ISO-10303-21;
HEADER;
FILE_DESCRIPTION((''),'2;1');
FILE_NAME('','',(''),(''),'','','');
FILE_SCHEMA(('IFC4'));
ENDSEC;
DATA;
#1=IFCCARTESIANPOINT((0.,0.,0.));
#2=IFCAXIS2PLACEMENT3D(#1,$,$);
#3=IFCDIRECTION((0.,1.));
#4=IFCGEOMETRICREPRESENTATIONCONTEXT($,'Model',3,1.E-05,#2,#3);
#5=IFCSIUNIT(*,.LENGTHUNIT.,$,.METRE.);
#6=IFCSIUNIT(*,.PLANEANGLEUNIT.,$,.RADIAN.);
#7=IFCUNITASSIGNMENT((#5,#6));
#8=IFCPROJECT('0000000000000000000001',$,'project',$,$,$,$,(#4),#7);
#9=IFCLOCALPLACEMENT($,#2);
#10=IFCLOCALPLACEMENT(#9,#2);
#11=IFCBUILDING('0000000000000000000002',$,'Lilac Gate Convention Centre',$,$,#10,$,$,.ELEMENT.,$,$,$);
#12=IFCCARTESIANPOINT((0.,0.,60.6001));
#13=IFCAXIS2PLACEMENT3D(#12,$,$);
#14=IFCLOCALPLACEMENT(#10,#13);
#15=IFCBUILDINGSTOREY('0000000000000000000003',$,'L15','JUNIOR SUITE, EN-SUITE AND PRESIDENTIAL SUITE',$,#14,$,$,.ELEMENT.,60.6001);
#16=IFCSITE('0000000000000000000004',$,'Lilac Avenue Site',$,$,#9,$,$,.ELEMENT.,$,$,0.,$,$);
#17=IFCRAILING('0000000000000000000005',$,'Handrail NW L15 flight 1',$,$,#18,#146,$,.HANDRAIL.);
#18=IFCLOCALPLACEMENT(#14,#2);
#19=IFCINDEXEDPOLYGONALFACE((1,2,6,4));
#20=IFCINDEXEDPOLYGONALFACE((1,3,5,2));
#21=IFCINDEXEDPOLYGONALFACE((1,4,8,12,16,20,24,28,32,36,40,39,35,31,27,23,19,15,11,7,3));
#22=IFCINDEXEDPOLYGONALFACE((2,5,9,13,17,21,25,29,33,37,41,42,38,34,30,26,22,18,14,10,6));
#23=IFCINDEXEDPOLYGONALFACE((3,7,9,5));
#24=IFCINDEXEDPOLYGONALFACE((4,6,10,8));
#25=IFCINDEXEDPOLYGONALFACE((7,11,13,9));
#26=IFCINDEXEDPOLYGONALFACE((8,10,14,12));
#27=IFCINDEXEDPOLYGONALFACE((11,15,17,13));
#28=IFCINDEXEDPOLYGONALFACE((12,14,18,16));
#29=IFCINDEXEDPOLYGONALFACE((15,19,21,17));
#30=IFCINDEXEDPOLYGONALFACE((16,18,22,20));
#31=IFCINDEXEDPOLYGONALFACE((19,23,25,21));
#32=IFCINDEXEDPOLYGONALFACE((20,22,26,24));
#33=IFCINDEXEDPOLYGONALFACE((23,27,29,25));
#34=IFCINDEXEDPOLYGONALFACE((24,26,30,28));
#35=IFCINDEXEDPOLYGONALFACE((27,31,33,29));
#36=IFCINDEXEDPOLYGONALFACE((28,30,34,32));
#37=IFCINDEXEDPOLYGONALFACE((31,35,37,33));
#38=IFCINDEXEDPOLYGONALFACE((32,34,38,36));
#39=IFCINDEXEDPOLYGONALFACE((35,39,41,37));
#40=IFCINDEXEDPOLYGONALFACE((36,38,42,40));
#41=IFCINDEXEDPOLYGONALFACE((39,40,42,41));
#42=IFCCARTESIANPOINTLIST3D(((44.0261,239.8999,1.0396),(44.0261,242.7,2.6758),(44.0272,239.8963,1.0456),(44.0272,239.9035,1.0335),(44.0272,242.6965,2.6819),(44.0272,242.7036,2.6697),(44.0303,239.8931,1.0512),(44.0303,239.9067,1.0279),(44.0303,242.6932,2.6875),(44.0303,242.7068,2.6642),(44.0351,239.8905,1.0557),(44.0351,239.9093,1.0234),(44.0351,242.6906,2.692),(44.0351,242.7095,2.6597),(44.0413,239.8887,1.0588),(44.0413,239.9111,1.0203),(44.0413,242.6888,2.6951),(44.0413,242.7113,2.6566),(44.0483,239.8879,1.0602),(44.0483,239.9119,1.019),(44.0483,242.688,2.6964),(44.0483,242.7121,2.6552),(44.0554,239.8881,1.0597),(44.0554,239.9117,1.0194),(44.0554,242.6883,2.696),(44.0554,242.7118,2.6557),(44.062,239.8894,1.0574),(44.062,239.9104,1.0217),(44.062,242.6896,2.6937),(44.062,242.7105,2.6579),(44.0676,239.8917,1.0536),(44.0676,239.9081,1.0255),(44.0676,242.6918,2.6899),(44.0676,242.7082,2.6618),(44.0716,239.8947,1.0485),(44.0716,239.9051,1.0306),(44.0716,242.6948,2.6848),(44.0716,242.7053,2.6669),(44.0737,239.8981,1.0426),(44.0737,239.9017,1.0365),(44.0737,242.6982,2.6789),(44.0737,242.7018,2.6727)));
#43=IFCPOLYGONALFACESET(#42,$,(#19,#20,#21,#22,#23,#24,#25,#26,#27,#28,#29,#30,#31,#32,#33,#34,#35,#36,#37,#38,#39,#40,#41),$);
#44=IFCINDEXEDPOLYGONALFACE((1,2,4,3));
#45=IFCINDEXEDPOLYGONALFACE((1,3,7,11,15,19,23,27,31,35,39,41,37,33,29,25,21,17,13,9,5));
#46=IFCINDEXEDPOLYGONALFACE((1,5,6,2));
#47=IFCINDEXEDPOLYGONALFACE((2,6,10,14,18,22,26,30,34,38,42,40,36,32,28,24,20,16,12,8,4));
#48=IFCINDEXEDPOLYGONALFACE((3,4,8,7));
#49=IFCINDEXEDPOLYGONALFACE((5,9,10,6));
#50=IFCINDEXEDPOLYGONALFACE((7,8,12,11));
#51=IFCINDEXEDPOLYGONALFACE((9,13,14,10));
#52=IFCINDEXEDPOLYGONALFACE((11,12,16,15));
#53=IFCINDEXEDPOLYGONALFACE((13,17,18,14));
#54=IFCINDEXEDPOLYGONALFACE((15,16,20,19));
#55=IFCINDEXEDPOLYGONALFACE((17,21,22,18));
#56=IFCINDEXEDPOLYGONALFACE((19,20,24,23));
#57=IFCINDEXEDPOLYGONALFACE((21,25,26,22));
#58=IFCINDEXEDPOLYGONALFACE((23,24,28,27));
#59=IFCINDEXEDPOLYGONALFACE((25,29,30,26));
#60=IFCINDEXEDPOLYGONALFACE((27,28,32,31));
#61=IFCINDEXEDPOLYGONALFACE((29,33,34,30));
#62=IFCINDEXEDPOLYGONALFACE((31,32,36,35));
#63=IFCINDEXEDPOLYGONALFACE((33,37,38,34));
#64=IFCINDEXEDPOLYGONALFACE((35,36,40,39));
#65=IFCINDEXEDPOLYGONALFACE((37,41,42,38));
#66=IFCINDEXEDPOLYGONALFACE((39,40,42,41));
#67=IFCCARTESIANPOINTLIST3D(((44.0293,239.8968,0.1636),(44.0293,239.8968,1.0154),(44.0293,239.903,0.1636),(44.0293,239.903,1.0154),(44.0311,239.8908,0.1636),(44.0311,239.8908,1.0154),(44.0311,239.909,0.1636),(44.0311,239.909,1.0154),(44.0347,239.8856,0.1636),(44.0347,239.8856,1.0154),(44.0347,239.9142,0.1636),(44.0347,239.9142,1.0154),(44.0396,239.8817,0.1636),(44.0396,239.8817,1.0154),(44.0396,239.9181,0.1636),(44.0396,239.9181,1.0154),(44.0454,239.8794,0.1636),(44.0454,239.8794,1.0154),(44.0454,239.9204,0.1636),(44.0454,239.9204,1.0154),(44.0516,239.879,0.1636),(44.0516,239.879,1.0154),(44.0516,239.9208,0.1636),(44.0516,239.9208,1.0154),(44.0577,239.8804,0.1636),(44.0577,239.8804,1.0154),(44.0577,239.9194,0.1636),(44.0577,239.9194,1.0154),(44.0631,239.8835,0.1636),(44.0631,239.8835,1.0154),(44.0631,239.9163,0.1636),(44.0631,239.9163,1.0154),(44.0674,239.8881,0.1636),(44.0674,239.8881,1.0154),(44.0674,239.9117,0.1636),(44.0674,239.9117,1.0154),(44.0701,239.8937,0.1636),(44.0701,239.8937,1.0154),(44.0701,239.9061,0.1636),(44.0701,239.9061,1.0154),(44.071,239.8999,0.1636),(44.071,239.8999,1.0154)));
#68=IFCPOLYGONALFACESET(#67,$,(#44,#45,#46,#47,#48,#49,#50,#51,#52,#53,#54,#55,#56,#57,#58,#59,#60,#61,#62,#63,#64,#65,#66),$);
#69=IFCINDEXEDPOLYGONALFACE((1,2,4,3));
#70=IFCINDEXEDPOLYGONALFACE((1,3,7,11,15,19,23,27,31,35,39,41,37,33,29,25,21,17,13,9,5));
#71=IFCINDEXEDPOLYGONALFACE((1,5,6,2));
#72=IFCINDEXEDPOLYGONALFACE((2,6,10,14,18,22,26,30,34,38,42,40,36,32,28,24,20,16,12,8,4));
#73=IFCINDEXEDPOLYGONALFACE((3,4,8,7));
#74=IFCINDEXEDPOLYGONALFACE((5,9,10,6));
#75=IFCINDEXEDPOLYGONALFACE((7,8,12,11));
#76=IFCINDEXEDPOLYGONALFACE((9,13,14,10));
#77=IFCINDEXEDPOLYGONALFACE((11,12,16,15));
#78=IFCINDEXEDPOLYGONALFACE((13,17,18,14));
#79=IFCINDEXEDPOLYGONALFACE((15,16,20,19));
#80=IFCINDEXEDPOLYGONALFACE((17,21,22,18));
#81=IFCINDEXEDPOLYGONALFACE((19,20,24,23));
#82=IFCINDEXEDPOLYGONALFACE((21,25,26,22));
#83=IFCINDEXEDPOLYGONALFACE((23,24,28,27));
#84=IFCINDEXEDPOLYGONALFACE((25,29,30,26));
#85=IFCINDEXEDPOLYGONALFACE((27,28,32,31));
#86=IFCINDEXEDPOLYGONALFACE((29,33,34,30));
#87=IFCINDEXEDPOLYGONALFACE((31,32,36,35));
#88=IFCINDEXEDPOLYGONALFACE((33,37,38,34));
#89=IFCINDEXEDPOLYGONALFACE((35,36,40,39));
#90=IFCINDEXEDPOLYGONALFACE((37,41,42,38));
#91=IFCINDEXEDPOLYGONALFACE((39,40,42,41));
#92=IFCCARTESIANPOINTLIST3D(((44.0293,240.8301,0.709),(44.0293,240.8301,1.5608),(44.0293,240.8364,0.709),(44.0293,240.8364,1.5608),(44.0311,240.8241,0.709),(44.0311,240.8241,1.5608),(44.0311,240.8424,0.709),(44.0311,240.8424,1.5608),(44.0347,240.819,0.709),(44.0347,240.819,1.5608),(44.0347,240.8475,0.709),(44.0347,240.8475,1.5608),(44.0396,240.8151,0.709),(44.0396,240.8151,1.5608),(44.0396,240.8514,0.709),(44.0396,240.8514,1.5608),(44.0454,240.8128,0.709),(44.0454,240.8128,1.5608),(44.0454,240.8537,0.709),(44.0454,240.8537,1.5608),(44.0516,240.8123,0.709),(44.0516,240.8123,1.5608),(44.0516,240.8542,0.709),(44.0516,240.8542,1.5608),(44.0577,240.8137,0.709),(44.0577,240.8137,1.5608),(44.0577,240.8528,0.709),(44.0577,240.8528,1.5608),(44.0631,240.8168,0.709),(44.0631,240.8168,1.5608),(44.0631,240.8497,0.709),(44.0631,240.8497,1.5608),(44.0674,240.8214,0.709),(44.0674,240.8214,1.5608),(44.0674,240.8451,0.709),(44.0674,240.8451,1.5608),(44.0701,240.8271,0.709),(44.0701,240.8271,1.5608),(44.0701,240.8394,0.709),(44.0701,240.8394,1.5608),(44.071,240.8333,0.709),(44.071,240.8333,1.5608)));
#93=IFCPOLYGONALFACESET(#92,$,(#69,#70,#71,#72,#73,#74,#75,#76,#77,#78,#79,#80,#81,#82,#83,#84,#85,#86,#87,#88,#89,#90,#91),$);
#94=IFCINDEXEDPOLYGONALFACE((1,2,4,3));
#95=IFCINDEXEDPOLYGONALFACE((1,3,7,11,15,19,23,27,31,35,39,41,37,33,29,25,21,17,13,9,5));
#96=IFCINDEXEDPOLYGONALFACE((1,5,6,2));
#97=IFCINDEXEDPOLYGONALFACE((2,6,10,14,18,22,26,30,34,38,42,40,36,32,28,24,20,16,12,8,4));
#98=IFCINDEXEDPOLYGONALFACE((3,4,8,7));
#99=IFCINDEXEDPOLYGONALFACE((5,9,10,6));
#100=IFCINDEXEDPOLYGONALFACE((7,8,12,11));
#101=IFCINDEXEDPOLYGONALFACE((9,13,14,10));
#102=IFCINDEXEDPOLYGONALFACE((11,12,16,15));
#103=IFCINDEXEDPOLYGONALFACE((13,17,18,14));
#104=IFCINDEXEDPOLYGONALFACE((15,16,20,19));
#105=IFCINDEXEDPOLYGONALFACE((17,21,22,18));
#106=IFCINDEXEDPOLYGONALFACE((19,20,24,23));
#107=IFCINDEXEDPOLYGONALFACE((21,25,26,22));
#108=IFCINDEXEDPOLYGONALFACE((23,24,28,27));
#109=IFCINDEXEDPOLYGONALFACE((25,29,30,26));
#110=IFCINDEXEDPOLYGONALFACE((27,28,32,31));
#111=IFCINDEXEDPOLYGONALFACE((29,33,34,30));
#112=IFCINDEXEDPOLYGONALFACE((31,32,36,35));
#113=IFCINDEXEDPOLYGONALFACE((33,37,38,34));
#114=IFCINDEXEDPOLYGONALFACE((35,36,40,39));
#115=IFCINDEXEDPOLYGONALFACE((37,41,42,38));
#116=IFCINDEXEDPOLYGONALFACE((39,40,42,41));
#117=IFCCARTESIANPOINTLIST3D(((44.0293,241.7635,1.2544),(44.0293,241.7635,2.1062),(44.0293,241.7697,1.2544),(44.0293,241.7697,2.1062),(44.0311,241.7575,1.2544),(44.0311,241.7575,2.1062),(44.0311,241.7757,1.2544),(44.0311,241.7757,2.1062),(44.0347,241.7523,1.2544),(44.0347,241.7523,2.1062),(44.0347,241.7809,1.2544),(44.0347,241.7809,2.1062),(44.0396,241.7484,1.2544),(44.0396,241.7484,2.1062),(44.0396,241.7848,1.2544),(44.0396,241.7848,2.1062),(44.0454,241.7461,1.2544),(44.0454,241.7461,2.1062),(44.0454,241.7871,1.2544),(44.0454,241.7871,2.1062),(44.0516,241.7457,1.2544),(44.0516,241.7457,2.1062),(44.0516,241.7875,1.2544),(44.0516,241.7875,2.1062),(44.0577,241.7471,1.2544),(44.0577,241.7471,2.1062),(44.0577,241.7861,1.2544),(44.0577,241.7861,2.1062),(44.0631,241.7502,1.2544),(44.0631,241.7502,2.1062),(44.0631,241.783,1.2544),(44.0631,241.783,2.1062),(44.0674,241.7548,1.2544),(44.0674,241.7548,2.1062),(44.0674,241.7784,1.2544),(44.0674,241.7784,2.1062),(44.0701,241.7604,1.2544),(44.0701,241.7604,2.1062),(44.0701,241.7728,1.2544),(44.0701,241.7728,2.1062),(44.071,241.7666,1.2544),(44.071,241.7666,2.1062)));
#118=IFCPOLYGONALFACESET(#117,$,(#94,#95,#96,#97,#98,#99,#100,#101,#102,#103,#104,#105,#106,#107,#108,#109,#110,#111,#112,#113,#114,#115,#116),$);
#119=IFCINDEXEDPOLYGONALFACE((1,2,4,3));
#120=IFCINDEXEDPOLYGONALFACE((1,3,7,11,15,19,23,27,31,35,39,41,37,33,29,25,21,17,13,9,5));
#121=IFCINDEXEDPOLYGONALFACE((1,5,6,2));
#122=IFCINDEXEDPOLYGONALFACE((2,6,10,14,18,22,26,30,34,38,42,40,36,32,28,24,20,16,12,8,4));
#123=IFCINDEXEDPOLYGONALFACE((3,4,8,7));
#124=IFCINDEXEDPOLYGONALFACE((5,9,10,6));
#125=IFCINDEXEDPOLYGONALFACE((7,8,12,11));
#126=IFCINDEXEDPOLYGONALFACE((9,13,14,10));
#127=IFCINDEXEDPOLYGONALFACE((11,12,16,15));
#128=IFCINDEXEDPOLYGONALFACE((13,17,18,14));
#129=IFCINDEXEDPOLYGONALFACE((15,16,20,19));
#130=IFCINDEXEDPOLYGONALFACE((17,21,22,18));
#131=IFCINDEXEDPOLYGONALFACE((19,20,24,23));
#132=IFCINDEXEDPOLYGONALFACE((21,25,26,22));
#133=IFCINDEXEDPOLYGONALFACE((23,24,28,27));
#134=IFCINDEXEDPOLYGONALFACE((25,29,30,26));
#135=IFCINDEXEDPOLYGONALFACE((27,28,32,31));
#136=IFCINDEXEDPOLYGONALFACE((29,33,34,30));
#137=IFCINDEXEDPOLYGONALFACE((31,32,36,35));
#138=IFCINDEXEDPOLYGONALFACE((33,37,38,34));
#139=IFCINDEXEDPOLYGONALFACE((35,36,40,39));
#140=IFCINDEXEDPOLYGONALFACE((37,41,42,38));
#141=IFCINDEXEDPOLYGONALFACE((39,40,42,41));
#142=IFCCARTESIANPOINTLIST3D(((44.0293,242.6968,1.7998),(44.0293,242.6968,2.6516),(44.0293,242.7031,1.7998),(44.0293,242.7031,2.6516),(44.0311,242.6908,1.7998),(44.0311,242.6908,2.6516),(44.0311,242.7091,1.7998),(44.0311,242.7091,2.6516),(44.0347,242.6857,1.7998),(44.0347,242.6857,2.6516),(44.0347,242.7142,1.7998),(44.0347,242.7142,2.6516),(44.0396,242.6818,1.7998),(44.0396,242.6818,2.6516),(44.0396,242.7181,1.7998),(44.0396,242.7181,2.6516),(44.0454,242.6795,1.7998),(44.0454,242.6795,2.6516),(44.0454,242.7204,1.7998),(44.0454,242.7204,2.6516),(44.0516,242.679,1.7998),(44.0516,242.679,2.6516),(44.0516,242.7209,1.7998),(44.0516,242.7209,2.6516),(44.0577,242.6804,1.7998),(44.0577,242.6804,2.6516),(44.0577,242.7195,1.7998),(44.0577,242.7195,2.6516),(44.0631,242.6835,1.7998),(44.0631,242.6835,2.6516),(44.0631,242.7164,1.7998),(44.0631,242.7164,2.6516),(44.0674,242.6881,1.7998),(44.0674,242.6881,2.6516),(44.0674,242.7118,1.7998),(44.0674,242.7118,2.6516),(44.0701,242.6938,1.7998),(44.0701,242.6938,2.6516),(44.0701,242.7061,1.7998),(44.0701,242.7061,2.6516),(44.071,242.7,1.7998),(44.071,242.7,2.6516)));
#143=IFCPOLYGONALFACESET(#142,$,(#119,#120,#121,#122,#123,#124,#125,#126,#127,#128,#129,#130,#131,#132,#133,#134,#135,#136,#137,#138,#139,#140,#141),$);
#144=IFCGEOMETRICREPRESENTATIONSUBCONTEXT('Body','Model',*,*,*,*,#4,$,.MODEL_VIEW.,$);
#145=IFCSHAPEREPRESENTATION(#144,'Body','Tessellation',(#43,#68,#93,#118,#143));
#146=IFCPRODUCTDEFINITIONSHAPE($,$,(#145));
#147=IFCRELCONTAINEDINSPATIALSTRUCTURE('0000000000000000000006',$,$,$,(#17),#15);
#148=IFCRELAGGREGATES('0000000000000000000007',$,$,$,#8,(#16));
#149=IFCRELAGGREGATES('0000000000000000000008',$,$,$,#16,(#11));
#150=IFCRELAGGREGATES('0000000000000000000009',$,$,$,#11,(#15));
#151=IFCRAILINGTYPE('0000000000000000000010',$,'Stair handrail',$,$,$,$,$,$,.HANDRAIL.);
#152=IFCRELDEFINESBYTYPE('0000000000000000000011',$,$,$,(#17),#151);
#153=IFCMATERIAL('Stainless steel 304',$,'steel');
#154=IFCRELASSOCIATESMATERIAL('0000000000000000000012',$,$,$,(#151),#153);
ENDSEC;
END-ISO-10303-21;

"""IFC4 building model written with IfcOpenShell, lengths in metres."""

from ifc_helpers import new_model, si_unit, direction, frame, origin, origin_2d, place, context, subcontext, project, spatial, circle, extrude, material, type_object, element, save


model = new_model("IFC4")

# Units and contexts
model_context = context("Model", 3, precision=1e-05, world=origin(), true_north=direction((0.0, 1.0)))
body_context = subcontext(model_context, "Body", "Model", "MODEL_VIEW")
ifc_project = project(units=[si_unit("LENGTHUNIT", "METRE"), si_unit("PLANEANGLEUNIT", "RADIAN")], contexts=[model_context])

# Site, building, storey
site_placement = place(None, origin())
site = spatial("IfcSite", under=ifc_project, at=site_placement, Name="Lilac Avenue Site", CompositionType="ELEMENT", RefElevation=0.0)
building_placement = place(site_placement, origin())
building = spatial("IfcBuilding", under=site, at=building_placement, Name="Lilac Gate Convention Centre", CompositionType="ELEMENT")
storey_placement = place(building_placement, frame((0.0, 0.0, 60.6001)))
storey = spatial("IfcBuildingStorey", under=building, at=storey_placement, Name="L15", Description="JUNIOR SUITE, EN-SUITE AND PRESIDENTIAL SUITE", CompositionType="ELEMENT", Elevation=60.6001)

# Railing
ifc_material_1 = material(Name="Stainless steel 304", Category="steel")
railing_type = type_object("IfcRailingType", Name="Stair handrail", PredefinedType="HANDRAIL", material=ifc_material_1)
for number, where, name in (
    (1, (44.05, 239.8999, 0.1636), "Handrail NW L15 flight 1"),
):
    element("IfcRailing", number, at=place(storey_placement, frame(where)), inside=storey, type_object=railing_type, Name=name, PredefinedType="HANDRAIL", context=body_context, shape_type="SweptSolid", body=[
        extrude(circle(Radius=0.0239, at=origin_2d()), frame((0.0, 0.0, 0.876), z_axis=(0.0, 0.863394, 0.504531), x_axis=(-1.0, 0.0, 0.0)), (0.0, 0.0, 1.0), 3.2432),
        extrude(circle(Radius=0.021, at=origin_2d()), origin(), (0.0, 0.0, 1.0), 0.8518),
        extrude(circle(Radius=0.021, at=origin_2d()), frame((0.0, 0.9333, 0.5454)), (0.0, 0.0, 1.0), 0.8518),
        extrude(circle(Radius=0.021, at=origin_2d()), frame((0.0, 1.8667, 1.0908)), (0.0, 0.0, 1.0), 0.8518),
        extrude(circle(Radius=0.021, at=origin_2d()), frame((0.0, 2.8, 1.6362)), (0.0, 0.0, 1.0), 0.8518),
    ])

save(model, "model.ifc")
